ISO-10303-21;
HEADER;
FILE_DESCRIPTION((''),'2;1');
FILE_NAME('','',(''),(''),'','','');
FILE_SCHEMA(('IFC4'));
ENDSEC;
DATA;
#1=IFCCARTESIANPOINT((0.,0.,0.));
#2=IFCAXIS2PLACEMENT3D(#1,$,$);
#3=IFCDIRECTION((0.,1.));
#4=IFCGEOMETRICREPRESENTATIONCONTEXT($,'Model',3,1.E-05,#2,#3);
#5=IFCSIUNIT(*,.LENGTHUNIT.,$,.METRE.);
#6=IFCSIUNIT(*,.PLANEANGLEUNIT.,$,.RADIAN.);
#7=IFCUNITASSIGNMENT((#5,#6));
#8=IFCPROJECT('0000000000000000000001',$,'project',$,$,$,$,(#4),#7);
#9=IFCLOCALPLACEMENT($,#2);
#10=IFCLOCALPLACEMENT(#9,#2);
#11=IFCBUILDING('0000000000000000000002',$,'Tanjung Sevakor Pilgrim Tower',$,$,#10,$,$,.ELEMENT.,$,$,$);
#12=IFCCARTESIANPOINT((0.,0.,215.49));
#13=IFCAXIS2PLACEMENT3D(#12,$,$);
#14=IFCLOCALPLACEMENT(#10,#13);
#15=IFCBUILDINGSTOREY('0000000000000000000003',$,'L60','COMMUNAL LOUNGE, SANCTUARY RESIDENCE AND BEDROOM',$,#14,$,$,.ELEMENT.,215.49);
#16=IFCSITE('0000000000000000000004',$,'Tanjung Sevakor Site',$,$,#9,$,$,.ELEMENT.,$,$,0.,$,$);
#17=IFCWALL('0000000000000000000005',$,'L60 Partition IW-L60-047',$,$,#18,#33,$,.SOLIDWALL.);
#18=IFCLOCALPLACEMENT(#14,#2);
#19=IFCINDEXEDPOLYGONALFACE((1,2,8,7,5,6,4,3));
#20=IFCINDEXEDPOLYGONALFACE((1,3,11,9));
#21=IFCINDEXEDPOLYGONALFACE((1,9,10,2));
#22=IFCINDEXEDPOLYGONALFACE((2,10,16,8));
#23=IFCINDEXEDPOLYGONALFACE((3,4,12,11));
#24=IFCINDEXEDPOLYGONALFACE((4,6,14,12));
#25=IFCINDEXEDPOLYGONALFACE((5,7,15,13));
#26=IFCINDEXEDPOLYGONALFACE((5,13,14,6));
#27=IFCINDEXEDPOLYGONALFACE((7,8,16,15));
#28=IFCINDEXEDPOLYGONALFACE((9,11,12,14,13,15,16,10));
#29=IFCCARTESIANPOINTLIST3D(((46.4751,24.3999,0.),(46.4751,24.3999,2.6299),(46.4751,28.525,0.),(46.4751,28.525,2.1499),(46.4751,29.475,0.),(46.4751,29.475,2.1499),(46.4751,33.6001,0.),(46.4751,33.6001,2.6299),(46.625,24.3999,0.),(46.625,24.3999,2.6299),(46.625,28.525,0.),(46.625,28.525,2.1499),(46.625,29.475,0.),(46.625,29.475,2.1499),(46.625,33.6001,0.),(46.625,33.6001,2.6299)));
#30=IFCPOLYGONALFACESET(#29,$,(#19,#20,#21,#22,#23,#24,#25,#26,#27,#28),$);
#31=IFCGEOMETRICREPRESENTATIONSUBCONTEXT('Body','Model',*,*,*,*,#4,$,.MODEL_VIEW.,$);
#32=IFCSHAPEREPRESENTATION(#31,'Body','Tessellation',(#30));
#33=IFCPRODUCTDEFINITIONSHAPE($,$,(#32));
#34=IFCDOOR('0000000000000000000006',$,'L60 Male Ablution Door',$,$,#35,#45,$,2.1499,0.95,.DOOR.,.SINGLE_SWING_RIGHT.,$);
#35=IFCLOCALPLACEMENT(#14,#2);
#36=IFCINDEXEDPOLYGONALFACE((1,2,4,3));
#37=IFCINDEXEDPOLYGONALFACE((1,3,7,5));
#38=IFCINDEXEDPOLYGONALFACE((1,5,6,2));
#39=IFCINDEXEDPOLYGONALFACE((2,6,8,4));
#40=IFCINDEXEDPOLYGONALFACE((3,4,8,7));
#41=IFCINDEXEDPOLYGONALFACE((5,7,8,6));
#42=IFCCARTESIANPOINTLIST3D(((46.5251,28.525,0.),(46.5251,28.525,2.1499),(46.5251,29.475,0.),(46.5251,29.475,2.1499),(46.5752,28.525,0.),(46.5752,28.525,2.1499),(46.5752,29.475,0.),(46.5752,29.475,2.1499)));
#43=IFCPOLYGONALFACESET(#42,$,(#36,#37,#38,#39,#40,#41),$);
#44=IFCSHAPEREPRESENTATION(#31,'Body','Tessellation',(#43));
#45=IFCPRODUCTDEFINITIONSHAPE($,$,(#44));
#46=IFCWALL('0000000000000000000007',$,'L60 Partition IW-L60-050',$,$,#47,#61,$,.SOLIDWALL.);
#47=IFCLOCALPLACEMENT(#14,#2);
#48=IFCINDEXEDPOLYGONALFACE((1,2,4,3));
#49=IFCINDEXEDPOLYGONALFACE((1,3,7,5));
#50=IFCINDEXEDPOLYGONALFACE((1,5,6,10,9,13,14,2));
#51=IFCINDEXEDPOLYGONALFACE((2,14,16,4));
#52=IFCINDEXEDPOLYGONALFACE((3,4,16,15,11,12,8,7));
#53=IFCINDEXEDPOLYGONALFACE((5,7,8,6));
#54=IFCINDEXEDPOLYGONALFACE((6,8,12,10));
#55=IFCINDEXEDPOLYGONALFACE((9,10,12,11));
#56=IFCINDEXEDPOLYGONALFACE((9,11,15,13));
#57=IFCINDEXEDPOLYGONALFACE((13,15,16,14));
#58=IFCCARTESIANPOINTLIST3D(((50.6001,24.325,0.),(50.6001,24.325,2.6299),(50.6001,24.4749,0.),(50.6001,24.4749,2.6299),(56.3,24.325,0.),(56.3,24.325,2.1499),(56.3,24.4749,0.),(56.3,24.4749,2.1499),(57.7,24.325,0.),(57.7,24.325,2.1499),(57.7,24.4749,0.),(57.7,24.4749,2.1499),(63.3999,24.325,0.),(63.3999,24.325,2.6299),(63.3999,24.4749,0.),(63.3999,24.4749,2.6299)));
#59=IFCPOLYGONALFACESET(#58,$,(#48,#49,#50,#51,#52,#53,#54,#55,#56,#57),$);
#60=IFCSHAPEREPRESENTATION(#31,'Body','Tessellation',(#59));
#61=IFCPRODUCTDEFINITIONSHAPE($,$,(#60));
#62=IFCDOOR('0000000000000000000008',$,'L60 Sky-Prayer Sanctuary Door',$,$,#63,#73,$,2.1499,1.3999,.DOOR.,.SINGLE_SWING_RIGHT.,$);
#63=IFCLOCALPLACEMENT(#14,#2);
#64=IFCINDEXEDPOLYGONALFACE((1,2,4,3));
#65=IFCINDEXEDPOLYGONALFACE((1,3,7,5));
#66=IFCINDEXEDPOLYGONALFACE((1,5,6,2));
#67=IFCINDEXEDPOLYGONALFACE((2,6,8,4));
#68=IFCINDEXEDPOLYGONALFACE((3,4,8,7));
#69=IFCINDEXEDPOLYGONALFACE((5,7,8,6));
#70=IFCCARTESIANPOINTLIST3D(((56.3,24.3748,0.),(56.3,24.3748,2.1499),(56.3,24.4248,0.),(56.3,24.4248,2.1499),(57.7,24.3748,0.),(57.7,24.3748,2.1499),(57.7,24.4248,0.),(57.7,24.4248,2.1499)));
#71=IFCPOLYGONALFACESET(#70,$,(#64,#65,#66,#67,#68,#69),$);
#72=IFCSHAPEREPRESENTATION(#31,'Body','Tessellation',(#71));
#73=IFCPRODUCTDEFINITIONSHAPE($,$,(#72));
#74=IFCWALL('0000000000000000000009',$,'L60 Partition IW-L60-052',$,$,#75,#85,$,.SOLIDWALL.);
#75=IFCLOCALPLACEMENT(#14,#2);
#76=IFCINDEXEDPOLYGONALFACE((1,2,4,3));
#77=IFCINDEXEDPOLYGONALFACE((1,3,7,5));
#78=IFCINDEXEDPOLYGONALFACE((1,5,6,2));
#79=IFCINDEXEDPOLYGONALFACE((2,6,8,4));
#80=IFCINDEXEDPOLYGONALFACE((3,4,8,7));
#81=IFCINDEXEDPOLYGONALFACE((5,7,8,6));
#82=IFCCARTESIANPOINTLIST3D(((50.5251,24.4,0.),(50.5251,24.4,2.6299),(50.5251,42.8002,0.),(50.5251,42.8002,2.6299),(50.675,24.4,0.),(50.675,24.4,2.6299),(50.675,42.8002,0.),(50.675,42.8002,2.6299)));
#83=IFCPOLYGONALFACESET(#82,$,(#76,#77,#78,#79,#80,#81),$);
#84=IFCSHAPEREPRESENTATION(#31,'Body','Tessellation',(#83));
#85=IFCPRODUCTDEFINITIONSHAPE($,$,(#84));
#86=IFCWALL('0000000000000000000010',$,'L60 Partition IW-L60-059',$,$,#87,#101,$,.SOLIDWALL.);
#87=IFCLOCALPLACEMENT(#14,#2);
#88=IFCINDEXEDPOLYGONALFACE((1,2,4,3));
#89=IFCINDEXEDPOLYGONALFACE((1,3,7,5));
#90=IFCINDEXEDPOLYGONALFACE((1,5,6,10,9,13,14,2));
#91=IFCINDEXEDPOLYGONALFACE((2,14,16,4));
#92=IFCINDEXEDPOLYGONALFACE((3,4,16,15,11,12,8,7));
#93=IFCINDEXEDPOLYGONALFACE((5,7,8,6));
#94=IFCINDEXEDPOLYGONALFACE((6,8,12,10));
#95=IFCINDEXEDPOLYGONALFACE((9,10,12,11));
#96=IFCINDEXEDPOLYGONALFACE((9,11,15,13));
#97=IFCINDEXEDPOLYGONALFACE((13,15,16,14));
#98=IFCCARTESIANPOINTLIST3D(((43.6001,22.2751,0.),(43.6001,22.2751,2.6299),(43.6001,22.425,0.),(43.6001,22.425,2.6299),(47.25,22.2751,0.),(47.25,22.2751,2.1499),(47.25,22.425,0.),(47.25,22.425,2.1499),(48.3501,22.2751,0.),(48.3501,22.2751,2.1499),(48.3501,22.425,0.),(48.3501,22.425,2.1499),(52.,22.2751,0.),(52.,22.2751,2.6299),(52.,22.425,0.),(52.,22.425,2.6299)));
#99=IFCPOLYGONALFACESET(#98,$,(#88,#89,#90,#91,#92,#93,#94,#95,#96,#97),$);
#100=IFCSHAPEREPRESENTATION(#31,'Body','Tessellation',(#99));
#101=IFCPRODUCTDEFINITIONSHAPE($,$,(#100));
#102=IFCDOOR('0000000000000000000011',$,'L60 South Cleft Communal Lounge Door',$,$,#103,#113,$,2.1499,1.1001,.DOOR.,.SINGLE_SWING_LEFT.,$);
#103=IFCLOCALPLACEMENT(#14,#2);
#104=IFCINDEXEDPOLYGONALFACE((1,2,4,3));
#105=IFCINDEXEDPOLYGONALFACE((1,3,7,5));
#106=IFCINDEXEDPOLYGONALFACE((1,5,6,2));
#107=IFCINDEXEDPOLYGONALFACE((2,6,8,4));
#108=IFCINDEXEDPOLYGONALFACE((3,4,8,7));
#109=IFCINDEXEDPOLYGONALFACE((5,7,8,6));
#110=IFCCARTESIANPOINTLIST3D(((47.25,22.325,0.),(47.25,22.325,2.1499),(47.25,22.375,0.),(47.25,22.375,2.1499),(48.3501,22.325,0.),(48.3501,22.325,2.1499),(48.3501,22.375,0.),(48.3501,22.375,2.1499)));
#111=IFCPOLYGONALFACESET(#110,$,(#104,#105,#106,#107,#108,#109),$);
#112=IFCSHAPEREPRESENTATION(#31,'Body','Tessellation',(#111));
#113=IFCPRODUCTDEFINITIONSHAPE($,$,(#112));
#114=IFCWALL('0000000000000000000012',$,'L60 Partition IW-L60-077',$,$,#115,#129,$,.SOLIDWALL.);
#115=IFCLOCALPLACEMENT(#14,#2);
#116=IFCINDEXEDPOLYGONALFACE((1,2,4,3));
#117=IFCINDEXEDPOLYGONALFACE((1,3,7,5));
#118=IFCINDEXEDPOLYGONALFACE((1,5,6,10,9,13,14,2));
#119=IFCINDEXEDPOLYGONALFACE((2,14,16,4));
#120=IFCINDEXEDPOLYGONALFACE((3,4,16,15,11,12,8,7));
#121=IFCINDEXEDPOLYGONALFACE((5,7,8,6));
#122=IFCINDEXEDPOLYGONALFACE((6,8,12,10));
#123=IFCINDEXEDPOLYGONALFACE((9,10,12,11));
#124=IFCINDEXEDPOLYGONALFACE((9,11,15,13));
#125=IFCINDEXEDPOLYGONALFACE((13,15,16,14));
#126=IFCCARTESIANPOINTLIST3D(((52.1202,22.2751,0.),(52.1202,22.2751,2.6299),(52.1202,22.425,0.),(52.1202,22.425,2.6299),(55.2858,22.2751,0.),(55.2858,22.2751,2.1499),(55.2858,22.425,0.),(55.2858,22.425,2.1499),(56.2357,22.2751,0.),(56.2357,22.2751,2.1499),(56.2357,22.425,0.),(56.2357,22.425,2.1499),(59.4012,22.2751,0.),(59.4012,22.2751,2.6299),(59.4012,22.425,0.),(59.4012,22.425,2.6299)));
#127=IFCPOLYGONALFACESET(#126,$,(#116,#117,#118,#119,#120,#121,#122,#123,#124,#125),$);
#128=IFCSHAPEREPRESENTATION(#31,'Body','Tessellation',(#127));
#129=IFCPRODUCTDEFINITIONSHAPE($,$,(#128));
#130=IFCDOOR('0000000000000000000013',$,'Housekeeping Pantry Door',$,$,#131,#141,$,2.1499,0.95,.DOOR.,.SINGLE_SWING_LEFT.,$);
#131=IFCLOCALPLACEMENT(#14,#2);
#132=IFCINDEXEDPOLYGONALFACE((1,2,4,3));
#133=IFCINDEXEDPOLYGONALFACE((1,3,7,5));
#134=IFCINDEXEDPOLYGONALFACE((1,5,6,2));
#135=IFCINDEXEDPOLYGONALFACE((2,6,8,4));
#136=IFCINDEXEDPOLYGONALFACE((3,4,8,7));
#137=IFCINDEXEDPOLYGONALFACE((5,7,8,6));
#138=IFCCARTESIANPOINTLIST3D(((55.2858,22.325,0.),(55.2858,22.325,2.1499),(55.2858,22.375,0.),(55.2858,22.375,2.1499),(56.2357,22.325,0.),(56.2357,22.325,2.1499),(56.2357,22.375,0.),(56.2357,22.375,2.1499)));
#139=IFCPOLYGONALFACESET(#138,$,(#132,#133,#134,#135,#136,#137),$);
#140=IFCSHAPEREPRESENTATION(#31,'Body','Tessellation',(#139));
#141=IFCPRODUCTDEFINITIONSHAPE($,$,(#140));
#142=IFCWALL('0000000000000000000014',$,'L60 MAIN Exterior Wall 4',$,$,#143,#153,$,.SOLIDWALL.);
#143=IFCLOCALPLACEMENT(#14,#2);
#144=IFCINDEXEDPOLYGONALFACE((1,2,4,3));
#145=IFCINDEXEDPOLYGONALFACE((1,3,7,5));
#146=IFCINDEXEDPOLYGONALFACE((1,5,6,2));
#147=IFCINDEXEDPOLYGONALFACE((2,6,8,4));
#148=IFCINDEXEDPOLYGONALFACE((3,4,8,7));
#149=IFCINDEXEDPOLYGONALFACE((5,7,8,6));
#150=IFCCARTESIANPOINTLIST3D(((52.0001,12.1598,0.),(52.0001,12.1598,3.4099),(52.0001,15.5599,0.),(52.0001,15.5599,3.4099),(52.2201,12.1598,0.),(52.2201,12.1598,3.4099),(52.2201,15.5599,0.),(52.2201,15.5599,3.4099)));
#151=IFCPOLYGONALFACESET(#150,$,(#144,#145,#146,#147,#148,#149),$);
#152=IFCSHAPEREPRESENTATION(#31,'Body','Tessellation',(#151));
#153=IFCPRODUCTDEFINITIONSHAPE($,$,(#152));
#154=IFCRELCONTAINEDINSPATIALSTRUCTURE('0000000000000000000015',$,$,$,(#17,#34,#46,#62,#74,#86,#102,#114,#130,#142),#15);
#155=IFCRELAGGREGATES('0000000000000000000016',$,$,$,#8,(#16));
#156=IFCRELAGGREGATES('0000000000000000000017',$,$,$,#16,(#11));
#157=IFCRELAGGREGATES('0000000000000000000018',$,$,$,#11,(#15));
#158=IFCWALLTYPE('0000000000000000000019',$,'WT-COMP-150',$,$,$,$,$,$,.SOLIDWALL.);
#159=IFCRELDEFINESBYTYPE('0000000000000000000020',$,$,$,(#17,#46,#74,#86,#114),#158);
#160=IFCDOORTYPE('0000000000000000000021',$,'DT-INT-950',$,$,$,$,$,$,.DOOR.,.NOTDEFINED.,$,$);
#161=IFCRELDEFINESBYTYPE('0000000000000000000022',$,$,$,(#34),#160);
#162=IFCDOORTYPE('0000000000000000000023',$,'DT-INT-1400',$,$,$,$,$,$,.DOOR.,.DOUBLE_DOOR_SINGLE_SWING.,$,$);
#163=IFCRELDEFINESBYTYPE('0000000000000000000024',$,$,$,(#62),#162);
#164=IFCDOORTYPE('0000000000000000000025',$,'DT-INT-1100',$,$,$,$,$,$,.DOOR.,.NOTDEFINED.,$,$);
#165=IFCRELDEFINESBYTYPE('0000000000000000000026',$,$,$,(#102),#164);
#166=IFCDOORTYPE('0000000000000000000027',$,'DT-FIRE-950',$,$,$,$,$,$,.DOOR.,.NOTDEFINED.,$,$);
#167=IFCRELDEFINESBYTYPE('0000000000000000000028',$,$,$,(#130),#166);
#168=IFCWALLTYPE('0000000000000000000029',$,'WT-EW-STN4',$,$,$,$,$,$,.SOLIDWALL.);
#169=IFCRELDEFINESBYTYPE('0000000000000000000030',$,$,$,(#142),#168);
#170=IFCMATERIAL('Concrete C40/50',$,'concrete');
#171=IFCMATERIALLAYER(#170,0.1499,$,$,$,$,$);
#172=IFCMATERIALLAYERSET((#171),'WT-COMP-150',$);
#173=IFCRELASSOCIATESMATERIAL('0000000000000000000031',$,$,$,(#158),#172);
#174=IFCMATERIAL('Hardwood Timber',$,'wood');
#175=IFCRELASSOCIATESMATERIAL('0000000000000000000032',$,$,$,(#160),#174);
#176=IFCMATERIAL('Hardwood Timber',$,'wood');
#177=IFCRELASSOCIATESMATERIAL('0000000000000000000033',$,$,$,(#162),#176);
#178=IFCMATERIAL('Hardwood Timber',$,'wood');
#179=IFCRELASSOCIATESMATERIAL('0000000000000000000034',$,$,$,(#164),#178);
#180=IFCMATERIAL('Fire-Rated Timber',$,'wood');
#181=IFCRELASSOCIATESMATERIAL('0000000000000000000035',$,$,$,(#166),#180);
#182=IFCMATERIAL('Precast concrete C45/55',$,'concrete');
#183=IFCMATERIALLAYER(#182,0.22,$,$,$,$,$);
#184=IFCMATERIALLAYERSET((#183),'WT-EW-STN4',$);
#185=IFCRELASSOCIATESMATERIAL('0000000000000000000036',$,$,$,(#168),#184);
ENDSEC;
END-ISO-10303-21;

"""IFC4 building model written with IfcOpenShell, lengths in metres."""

from ifc_helpers import new_model, si_unit, direction, frame, frame_2d, origin, place, context, subcontext, project, spatial, rectangle, extrude, material, layer, layer_set, type_object, element, fill, save


model = new_model("IFC4")

# Units and contexts
model_context = context("Model", 3, precision=1e-05, world=origin(), true_north=direction((0.0, 1.0)))
body_context = subcontext(model_context, "Body", "Model", "MODEL_VIEW")
ifc_project = project(units=[si_unit("LENGTHUNIT", "METRE"), si_unit("PLANEANGLEUNIT", "RADIAN")], contexts=[model_context])

# Site, building, storey
site_placement = place(None, origin())
site = spatial("IfcSite", under=ifc_project, at=site_placement, Name="Tanjung Sevakor Site", CompositionType="ELEMENT", RefElevation=0.0)
building_placement = place(site_placement, origin())
building = spatial("IfcBuilding", under=site, at=building_placement, Name="Tanjung Sevakor Pilgrim Tower", CompositionType="ELEMENT")
storey_placement = place(building_placement, frame((0.0, 0.0, 215.49)))
storey = spatial("IfcBuildingStorey", under=building, at=storey_placement, Name="L60", Description="COMMUNAL LOUNGE, SANCTUARY RESIDENCE AND BEDROOM", CompositionType="ELEMENT", Elevation=215.49)

# Shared definitions
ifc_material_1 = material(Name="Concrete C40/50", Category="concrete")
ifc_layer_1 = layer(ifc_material_1, 0.1499)
ifc_layer_set_1 = layer_set([ifc_layer_1], Name="WT-COMP-150")
wall_type_1 = type_object("IfcWallType", Name="WT-COMP-150", PredefinedType="SOLIDWALL", material=ifc_layer_set_1)

# Walls, openings, doors
wall_1_placement = place(storey_placement, frame((46.55, 24.3999, 0.0), z_axis=(0.0, 0.0, 1.0), x_axis=(0.0, 1.0, 0.0)))
wall_1 = element("IfcWall", 1, at=wall_1_placement, inside=storey, type_object=wall_type_1, Name="L60 Partition IW-L60-047", PredefinedType="SOLIDWALL", context=body_context, shape_type="SweptSolid", body=[
    extrude(rectangle(XDim=9.2002, YDim=0.1499, at=frame_2d((4.6001, 0.0))), origin(), (0.0, 0.0, 1.0), 2.6299),
])
opening_1_placement = place(wall_1_placement, frame((4.125, 0.0, 0.0)))
opening_1 = element("IfcOpeningElement", 2, at=opening_1_placement, cuts=wall_1, PredefinedType="OPENING", context=body_context, shape_type="SweptSolid", body=[
    extrude(rectangle(XDim=0.95, YDim=2.1499, at=frame_2d((0.4751, 1.075))), frame((0.0, 0.085, 0.0), z_axis=(0.0, -1.0, 0.0), x_axis=(1.0, 0.0, 0.0)), (0.0, 0.0, 1.0), 0.1699),
])
ifc_material_2 = material(Name="Hardwood Timber", Category="wood")
door_type_1 = type_object("IfcDoorType", Name="DT-INT-950", OperationType="NOTDEFINED", PredefinedType="DOOR", material=ifc_material_2)
door_1_placement = place(opening_1_placement, origin())
door_1 = element("IfcDoor", 3, at=door_1_placement, inside=storey, type_object=door_type_1, Name="L60 Male Ablution Door", OperationType="SINGLE_SWING_RIGHT", OverallHeight=2.1499, OverallWidth=0.95, PredefinedType="DOOR", context=body_context, shape_type="SweptSolid", body=[
    extrude(rectangle(XDim=0.95, YDim=2.1499, at=frame_2d((0.4751, 1.075))), frame((0.0, 0.0249, 0.0), z_axis=(0.0, -1.0, 0.0), x_axis=(1.0, 0.0, 0.0)), (0.0, 0.0, 1.0), 0.05),
])
fill(opening_1, door_1)
wall_2_placement = place(storey_placement, frame((50.6001, 24.3999, 0.0), z_axis=(0.0, 0.0, 1.0), x_axis=(1.0, 0.0, 0.0)))
wall_2 = element("IfcWall", 4, at=wall_2_placement, inside=storey, type_object=wall_type_1, Name="L60 Partition IW-L60-050", PredefinedType="SOLIDWALL", context=body_context, shape_type="SweptSolid", body=[
    extrude(rectangle(XDim=12.7998, YDim=0.1499, at=frame_2d((6.3999, 0.0))), origin(), (0.0, 0.0, 1.0), 2.6299),
])
opening_2_placement = place(wall_2_placement, frame((5.7, 0.0, 0.0)))
opening_2 = element("IfcOpeningElement", 5, at=opening_2_placement, cuts=wall_2, PredefinedType="OPENING", context=body_context, shape_type="SweptSolid", body=[
    extrude(rectangle(XDim=1.3999, YDim=2.1499, at=frame_2d((0.7, 1.075))), frame((0.0, 0.085, 0.0), z_axis=(0.0, -1.0, 0.0), x_axis=(1.0, 0.0, 0.0)), (0.0, 0.0, 1.0), 0.1699),
])
ifc_material_3 = material(Name="Hardwood Timber", Category="wood")
door_type_2 = type_object("IfcDoorType", Name="DT-INT-1400", OperationType="DOUBLE_DOOR_SINGLE_SWING", PredefinedType="DOOR", material=ifc_material_3)
door_2_placement = place(opening_2_placement, origin())
door_2 = element("IfcDoor", 6, at=door_2_placement, inside=storey, type_object=door_type_2, Name="L60 Sky-Prayer Sanctuary Door", OperationType="SINGLE_SWING_RIGHT", OverallHeight=2.1499, OverallWidth=1.3999, PredefinedType="DOOR", context=body_context, shape_type="SweptSolid", body=[
    extrude(rectangle(XDim=1.3999, YDim=2.1499, at=frame_2d((0.7, 1.075))), frame((0.0, 0.0249, 0.0), z_axis=(0.0, -1.0, 0.0), x_axis=(1.0, 0.0, 0.0)), (0.0, 0.0, 1.0), 0.05),
])
fill(opening_2, door_2)

# Wall
wall_3_placement = place(storey_placement, frame((50.6001, 24.3999, 0.0), z_axis=(0.0, 0.0, 1.0), x_axis=(0.0, 1.0, 0.0)))
element("IfcWall", 7, at=wall_3_placement, inside=storey, type_object=wall_type_1, Name="L60 Partition IW-L60-052", PredefinedType="SOLIDWALL", context=body_context, shape_type="SweptSolid", body=[
    extrude(rectangle(XDim=18.4001, YDim=0.1499, at=frame_2d((9.2002, 0.0))), origin(), (0.0, 0.0, 1.0), 2.6299),
])

# Walls, openings, doors
wall_4_placement = place(storey_placement, frame((43.6001, 22.3501, 0.0), z_axis=(0.0, 0.0, 1.0), x_axis=(1.0, 0.0, 0.0)))
wall_4 = element("IfcWall", 8, at=wall_4_placement, inside=storey, type_object=wall_type_1, Name="L60 Partition IW-L60-059", PredefinedType="SOLIDWALL", context=body_context, shape_type="SweptSolid", body=[
    extrude(rectangle(XDim=8.3999, YDim=0.1499, at=frame_2d((4.2, 0.0))), origin(), (0.0, 0.0, 1.0), 2.6299),
])
opening_3_placement = place(wall_4_placement, frame((3.6499, 0.0, 0.0)))
opening_3 = element("IfcOpeningElement", 9, at=opening_3_placement, cuts=wall_4, PredefinedType="OPENING", context=body_context, shape_type="SweptSolid", body=[
    extrude(rectangle(XDim=1.1001, YDim=2.1499, at=frame_2d((0.55, 1.075))), frame((0.0, 0.085, 0.0), z_axis=(0.0, -1.0, 0.0), x_axis=(1.0, 0.0, 0.0)), (0.0, 0.0, 1.0), 0.1699),
])
ifc_material_4 = material(Name="Hardwood Timber", Category="wood")
door_type_3 = type_object("IfcDoorType", Name="DT-INT-1100", OperationType="NOTDEFINED", PredefinedType="DOOR", material=ifc_material_4)
door_3_placement = place(opening_3_placement, origin())
door_3 = element("IfcDoor", 10, at=door_3_placement, inside=storey, type_object=door_type_3, Name="L60 South Cleft Communal Lounge Door", OperationType="SINGLE_SWING_LEFT", OverallHeight=2.1499, OverallWidth=1.1001, PredefinedType="DOOR", context=body_context, shape_type="SweptSolid", body=[
    extrude(rectangle(XDim=1.1001, YDim=2.1499, at=frame_2d((0.55, 1.075))), frame((0.0, 0.0249, 0.0), z_axis=(0.0, -1.0, 0.0), x_axis=(1.0, 0.0, 0.0)), (0.0, 0.0, 1.0), 0.05),
])
fill(opening_3, door_3)
wall_5_placement = place(storey_placement, frame((52.1201, 22.3501, 0.0), z_axis=(0.0, 0.0, 1.0), x_axis=(1.0, 0.0, 0.0)))
wall_5 = element("IfcWall", 11, at=wall_5_placement, inside=storey, type_object=wall_type_1, Name="L60 Partition IW-L60-077", PredefinedType="SOLIDWALL", context=body_context, shape_type="SweptSolid", body=[
    extrude(rectangle(XDim=7.281, YDim=0.1499, at=frame_2d((3.6406, 0.0))), origin(), (0.0, 0.0, 1.0), 2.6299),
])
opening_4_placement = place(wall_5_placement, frame((3.1655, 0.0, 0.0)))
opening_4 = element("IfcOpeningElement", 12, at=opening_4_placement, cuts=wall_5, PredefinedType="OPENING", context=body_context, shape_type="SweptSolid", body=[
    extrude(rectangle(XDim=0.95, YDim=2.1499, at=frame_2d((0.4751, 1.075))), frame((0.0, 0.085, 0.0), z_axis=(0.0, -1.0, 0.0), x_axis=(1.0, 0.0, 0.0)), (0.0, 0.0, 1.0), 0.1699),
])
ifc_material_5 = material(Name="Fire-Rated Timber", Category="wood")
door_type_4 = type_object("IfcDoorType", Name="DT-FIRE-950", OperationType="NOTDEFINED", PredefinedType="DOOR", material=ifc_material_5)
door_4_placement = place(opening_4_placement, origin())
door_4 = element("IfcDoor", 13, at=door_4_placement, inside=storey, type_object=door_type_4, Name="Housekeeping Pantry Door", OperationType="SINGLE_SWING_LEFT", OverallHeight=2.1499, OverallWidth=0.95, PredefinedType="DOOR", context=body_context, shape_type="SweptSolid", body=[
    extrude(rectangle(XDim=0.95, YDim=2.1499, at=frame_2d((0.4751, 1.075))), frame((0.0, 0.0249, 0.0), z_axis=(0.0, -1.0, 0.0), x_axis=(1.0, 0.0, 0.0)), (0.0, 0.0, 1.0), 0.05),
])
fill(opening_4, door_4)

# Wall
ifc_material_6 = material(Name="Precast concrete C45/55", Category="concrete")
ifc_layer_2 = layer(ifc_material_6, 0.22)
ifc_layer_set_2 = layer_set([ifc_layer_2], Name="WT-EW-STN4")
wall_type_2 = type_object("IfcWallType", Name="WT-EW-STN4", PredefinedType="SOLIDWALL", material=ifc_layer_set_2)
wall_6_placement = place(storey_placement, frame((52.1101, 15.5601, 0.0), z_axis=(0.0, 0.0, 1.0), x_axis=(0.0, -1.0, 0.0)))
element("IfcWall", 14, at=wall_6_placement, inside=storey, type_object=wall_type_2, Name="L60 MAIN Exterior Wall 4", PredefinedType="SOLIDWALL", context=body_context, shape_type="SweptSolid", body=[
    extrude(rectangle(XDim=3.4001, YDim=0.22, at=frame_2d((1.7002, 0.0))), origin(), (0.0, 0.0, 1.0), 3.4099),
])

save(model, "model.ifc")
